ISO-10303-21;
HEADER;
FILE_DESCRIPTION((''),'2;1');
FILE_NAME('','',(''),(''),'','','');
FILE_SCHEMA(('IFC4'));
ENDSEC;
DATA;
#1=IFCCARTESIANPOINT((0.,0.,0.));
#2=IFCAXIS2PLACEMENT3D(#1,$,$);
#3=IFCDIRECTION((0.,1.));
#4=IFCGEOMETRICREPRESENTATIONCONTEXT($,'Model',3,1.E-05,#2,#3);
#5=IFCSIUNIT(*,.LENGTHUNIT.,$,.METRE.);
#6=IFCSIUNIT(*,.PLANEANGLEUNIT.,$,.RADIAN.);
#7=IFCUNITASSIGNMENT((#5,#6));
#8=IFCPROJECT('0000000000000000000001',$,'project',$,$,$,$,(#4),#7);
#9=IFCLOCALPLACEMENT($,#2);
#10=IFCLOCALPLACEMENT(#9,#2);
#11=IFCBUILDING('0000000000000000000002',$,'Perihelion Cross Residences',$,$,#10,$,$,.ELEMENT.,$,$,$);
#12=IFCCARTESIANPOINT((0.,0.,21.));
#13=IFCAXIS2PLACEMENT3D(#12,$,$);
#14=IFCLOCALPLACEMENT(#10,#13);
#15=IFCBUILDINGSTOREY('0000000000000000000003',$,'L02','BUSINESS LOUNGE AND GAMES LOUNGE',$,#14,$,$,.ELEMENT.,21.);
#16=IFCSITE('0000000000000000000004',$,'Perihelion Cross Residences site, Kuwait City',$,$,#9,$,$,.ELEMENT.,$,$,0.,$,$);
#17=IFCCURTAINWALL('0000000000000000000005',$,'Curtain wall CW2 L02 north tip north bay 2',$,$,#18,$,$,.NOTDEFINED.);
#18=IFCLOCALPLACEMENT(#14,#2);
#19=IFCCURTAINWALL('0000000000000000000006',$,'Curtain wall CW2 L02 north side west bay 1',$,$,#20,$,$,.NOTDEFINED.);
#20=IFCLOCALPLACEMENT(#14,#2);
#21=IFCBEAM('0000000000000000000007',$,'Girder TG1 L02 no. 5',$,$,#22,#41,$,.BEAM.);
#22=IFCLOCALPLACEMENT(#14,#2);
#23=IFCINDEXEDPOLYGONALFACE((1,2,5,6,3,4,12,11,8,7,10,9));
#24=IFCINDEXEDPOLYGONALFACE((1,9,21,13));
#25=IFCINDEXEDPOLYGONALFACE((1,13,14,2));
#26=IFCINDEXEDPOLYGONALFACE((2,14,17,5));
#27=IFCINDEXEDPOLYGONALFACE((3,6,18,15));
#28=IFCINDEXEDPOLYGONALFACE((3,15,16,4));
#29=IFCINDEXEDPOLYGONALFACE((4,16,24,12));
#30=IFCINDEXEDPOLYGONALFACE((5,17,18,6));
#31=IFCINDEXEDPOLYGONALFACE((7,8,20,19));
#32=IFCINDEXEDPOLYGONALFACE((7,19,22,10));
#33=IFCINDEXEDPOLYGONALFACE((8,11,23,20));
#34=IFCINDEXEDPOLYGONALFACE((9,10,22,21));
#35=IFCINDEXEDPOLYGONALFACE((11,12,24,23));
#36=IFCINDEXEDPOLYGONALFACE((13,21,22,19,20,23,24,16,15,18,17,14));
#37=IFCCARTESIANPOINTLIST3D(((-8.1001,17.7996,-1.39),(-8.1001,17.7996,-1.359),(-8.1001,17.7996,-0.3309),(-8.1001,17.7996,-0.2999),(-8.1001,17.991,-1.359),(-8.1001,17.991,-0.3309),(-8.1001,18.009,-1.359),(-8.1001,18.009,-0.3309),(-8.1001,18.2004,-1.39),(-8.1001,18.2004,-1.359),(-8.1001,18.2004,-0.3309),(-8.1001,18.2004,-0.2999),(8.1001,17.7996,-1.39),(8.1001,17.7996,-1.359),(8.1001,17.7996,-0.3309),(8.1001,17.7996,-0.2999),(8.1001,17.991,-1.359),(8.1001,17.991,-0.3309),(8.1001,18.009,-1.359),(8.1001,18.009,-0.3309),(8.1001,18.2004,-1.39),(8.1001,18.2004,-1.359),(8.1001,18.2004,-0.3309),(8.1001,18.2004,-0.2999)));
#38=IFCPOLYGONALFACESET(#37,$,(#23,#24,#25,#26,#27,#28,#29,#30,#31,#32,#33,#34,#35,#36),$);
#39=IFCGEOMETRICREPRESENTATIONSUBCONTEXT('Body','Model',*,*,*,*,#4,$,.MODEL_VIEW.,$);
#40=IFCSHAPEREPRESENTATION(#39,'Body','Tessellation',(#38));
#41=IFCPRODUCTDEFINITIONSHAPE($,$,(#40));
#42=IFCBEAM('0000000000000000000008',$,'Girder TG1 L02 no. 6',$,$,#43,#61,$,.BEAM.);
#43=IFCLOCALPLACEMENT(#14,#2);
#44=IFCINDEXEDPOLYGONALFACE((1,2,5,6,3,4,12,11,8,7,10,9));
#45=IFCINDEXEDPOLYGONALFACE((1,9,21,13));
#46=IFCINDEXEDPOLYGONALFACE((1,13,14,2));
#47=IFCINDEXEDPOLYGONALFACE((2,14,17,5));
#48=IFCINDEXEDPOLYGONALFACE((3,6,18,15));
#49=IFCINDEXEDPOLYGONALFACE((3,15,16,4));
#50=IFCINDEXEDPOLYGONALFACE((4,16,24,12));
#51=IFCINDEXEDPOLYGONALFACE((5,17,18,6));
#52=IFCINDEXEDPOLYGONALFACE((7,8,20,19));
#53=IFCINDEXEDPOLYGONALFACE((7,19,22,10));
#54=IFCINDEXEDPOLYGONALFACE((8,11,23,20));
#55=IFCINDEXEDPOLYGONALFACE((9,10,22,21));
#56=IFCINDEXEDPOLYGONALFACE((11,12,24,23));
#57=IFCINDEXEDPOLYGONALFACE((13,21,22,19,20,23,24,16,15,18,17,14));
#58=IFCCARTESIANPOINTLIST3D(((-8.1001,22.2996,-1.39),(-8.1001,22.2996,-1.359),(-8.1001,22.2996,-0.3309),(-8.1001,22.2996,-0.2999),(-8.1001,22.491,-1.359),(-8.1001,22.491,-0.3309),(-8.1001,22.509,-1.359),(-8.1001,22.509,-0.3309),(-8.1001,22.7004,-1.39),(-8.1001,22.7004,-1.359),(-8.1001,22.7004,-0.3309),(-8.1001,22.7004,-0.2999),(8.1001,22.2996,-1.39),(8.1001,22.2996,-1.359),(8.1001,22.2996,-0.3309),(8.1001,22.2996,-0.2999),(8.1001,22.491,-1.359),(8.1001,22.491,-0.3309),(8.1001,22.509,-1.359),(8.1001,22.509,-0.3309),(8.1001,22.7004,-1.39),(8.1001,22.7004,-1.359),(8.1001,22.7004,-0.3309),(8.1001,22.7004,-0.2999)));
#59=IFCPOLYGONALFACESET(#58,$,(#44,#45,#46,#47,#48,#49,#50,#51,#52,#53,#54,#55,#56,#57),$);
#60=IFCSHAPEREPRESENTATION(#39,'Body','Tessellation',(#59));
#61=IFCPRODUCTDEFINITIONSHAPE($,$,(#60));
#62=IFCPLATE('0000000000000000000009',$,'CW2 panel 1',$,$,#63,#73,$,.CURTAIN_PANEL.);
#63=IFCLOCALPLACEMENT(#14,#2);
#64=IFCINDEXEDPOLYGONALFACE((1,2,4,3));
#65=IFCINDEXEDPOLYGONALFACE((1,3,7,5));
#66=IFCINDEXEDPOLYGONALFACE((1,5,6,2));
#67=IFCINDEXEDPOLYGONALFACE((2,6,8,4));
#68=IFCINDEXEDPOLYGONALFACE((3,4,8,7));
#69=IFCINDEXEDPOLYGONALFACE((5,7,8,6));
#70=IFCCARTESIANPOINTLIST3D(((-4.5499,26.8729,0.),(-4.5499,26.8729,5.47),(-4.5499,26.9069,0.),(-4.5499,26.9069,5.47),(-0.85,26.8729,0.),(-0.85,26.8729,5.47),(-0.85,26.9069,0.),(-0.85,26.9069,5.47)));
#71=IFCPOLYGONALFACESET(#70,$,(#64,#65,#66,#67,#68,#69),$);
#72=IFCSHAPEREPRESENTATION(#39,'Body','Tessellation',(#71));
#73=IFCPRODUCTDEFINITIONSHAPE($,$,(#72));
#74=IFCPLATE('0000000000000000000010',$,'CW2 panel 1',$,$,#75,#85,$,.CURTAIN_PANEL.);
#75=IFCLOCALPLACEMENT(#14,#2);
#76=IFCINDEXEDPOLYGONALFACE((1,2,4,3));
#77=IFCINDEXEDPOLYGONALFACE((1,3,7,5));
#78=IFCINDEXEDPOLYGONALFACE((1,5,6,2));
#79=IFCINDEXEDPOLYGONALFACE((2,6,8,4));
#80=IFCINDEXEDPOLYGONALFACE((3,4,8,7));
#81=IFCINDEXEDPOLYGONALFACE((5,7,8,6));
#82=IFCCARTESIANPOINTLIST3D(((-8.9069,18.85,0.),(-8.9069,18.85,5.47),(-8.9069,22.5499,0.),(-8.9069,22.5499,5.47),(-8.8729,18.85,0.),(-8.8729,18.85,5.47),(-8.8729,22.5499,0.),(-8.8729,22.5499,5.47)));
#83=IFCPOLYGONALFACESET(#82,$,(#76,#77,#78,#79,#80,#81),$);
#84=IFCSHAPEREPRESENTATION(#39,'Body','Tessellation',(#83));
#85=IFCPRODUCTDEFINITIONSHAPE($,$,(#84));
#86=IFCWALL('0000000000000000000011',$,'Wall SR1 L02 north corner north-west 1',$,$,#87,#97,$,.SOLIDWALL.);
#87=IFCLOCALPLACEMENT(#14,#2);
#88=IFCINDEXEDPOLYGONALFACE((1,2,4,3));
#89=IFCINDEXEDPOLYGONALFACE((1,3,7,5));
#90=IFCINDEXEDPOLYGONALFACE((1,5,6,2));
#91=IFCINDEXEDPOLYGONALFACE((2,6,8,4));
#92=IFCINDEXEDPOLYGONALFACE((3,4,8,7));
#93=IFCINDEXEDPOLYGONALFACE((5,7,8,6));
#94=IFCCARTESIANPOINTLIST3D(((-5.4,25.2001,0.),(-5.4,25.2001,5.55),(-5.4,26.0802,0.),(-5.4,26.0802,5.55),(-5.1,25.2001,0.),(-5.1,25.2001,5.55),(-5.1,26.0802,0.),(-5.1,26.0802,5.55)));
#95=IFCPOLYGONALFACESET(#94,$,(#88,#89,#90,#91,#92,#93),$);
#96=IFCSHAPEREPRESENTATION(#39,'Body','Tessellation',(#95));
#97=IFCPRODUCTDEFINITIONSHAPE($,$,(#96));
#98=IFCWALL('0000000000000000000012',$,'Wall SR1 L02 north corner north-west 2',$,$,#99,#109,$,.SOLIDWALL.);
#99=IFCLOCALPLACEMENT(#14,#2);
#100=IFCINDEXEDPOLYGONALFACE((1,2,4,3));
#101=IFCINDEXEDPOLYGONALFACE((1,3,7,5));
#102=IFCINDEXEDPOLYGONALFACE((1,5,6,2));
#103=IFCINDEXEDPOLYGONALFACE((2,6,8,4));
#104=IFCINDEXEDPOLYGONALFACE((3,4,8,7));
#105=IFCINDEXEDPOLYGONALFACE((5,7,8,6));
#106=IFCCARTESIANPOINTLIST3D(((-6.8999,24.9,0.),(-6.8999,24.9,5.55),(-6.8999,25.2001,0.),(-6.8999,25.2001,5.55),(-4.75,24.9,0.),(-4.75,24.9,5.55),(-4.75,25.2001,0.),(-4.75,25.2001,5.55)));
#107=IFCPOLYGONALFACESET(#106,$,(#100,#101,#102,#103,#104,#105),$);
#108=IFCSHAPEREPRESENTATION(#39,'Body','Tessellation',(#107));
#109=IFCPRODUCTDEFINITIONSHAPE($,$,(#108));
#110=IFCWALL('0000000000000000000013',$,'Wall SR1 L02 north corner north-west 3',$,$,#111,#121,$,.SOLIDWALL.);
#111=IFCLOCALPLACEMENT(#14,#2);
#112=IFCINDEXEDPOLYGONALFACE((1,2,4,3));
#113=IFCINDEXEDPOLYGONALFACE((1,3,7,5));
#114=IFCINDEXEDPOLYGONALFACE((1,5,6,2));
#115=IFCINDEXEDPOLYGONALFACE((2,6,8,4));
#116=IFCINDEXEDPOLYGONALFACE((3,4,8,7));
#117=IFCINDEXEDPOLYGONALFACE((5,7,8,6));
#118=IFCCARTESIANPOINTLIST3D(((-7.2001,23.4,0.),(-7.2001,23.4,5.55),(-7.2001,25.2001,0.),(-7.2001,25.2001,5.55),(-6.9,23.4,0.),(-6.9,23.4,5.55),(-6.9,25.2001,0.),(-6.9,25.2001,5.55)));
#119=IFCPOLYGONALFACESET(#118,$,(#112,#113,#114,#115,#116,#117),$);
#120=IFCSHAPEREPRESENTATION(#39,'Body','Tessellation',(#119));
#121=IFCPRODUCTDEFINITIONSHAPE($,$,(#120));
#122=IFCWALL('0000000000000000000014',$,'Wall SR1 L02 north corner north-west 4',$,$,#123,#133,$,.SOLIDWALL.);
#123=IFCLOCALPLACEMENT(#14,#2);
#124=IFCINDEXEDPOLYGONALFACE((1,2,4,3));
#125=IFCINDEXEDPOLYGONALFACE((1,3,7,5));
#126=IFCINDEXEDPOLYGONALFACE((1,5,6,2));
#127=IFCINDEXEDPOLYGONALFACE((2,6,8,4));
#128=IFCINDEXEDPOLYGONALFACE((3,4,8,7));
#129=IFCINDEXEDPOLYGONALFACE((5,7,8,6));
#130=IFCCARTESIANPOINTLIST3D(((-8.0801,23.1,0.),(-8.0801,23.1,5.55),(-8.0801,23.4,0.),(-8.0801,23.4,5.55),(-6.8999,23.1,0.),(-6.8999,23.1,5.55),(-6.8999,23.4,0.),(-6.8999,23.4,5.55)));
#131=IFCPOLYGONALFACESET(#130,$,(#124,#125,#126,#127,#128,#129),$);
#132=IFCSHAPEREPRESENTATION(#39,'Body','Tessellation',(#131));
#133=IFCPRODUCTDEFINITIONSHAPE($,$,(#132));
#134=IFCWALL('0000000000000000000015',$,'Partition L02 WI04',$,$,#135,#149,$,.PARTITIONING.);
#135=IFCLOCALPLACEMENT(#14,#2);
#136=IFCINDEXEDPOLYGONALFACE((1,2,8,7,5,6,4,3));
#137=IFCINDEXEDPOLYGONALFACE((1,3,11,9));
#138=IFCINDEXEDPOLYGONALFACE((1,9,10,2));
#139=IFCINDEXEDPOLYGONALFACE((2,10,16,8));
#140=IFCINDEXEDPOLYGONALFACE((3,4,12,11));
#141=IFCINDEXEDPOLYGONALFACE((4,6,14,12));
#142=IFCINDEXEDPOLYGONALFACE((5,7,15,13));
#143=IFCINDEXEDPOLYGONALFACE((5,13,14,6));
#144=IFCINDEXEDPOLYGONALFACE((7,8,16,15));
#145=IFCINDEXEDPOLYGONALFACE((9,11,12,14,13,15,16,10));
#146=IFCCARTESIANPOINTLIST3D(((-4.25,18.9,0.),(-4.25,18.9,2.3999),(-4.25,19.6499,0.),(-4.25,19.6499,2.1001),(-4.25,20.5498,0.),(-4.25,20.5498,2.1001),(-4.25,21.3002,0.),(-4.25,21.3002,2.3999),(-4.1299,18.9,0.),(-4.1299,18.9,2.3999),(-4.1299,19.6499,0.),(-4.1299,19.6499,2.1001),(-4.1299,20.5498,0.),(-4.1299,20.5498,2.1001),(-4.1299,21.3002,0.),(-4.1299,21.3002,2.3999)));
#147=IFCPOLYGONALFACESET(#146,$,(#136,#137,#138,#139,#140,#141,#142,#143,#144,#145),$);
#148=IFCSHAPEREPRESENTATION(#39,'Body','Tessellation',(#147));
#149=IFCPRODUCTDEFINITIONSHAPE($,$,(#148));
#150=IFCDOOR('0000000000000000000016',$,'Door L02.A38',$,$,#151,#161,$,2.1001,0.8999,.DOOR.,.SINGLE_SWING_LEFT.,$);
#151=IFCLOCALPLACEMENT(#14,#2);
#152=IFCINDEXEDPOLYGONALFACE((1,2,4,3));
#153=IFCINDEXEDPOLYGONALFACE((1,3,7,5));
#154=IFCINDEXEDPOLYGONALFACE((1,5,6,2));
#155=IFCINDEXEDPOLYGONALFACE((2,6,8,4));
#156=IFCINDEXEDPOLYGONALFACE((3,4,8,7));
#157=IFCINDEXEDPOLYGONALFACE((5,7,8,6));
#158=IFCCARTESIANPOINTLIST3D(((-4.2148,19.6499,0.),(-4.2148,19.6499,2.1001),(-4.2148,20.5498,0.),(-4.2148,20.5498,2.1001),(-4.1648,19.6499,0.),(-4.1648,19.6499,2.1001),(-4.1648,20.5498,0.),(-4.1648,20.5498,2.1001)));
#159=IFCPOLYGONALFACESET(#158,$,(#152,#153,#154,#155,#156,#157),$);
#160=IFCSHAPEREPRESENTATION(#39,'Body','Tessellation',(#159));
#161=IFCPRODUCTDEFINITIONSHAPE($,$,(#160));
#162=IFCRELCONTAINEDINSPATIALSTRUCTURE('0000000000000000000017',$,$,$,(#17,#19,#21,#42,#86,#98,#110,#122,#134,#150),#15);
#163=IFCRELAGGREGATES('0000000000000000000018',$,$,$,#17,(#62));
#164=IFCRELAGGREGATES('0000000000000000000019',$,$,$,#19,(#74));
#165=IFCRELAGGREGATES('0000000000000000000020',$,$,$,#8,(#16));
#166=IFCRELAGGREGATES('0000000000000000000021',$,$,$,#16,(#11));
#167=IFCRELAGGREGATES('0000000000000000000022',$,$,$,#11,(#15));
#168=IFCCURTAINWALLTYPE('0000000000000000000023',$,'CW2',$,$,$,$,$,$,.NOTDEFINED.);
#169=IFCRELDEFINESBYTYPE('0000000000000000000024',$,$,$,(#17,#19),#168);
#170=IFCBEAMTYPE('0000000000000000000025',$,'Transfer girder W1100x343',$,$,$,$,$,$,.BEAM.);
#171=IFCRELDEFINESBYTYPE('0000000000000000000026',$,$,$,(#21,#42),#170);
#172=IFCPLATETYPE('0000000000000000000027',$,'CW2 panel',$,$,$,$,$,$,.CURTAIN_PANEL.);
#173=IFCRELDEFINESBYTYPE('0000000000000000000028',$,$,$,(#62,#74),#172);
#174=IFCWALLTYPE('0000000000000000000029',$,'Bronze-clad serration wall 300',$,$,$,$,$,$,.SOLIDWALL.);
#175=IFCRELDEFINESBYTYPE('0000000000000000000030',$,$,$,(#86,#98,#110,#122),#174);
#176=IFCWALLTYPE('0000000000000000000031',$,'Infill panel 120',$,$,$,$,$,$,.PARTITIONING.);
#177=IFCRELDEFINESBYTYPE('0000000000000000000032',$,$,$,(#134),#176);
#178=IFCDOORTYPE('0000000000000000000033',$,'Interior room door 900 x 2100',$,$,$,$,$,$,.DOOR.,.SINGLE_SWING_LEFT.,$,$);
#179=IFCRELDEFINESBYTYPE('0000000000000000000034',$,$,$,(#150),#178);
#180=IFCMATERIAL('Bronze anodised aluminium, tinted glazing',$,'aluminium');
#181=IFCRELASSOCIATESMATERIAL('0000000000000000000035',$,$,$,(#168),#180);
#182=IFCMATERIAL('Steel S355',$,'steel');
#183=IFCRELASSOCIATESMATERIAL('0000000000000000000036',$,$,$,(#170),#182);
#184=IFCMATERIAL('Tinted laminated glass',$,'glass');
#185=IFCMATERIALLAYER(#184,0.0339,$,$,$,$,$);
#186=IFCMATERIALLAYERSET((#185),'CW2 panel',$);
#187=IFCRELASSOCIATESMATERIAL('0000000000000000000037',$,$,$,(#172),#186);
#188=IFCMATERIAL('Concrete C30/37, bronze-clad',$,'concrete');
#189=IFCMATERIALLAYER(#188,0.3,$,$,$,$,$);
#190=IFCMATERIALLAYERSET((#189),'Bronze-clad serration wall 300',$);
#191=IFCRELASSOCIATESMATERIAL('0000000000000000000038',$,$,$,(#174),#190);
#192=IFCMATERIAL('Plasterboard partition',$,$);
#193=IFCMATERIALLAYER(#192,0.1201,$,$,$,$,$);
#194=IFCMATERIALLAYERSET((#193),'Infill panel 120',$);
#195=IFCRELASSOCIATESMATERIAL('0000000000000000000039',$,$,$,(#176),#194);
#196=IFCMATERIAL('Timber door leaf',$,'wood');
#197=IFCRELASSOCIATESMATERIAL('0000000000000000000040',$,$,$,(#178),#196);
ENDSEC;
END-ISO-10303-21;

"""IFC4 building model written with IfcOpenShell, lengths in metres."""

from ifc_helpers import new_model, si_unit, direction, frame, frame_2d, origin, origin_2d, place, context, subcontext, project, spatial, rectangle, i_section, extrude, material, layer, layer_set, material_profile, profile_set, type_object, element, fill, aggregate, save


model = new_model("IFC4")

# Units and contexts
model_context = context("Model", 3, precision=1e-05, world=origin(), true_north=direction((0.0, 1.0)))
body_context = subcontext(model_context, "Body", "Model", "MODEL_VIEW")
ifc_project = project(units=[si_unit("LENGTHUNIT", "METRE"), si_unit("PLANEANGLEUNIT", "RADIAN")], contexts=[model_context])

# Site, building, storey
site_placement = place(None, origin())
site = spatial("IfcSite", under=ifc_project, at=site_placement, Name="Perihelion Cross Residences site, Kuwait City", CompositionType="ELEMENT", RefElevation=0.0)
building_placement = place(site_placement, origin())
building = spatial("IfcBuilding", under=site, at=building_placement, Name="Perihelion Cross Residences", CompositionType="ELEMENT")
storey_placement = place(building_placement, frame((0.0, 0.0, 21.0)))
storey = spatial("IfcBuildingStorey", under=building, at=storey_placement, Name="L02", Description="BUSINESS LOUNGE AND GAMES LOUNGE", CompositionType="ELEMENT", Elevation=21.0)

# Curtain walls
ifc_material_1 = material(Name="Bronze anodised aluminium, tinted glazing", Category="aluminium")
curtain_wall_type = type_object("IfcCurtainWallType", Name="CW2", PredefinedType="NOTDEFINED", material=ifc_material_1)
curtain_wall_1_placement = place(storey_placement, origin())
curtain_wall_1 = element("IfcCurtainWall", 1, at=curtain_wall_1_placement, inside=storey, type_object=curtain_wall_type, Name="Curtain wall CW2 L02 north tip north bay 2", PredefinedType="NOTDEFINED")
curtain_wall_2_placement = place(storey_placement, origin())
curtain_wall_2 = element("IfcCurtainWall", 2, at=curtain_wall_2_placement, inside=storey, type_object=curtain_wall_type, Name="Curtain wall CW2 L02 north side west bay 1", PredefinedType="NOTDEFINED")

# Beams
ifc_material_2 = material(Name="Steel S355", Category="steel")
ifc_material_profile_1 = material_profile(ifc_material_2, i_section(OverallWidth=0.4009, OverallDepth=1.0901, WebThickness=0.0181, FlangeThickness=0.031, at=origin_2d()), Name="W1100x343")
ifc_profile_set_1 = profile_set([ifc_material_profile_1], Name="Steel S355")
beam_type_1 = type_object("IfcBeamType", Name="Transfer girder W1100x343", PredefinedType="BEAM", material=ifc_profile_set_1)
for number, where, z_axis, x_axis, name in (
    (3, (-8.1001, 18.0, -0.845), (1.0, 0.0, 0.0), (0.0, 1.0, 0.0), "Girder TG1 L02 no. 5"),
    (4, (-8.1001, 22.5, -0.845), (1.0, 0.0, 0.0), (0.0, 1.0, 0.0), "Girder TG1 L02 no. 6"),
):
    element("IfcBeam", number, at=place(storey_placement, frame(where, z_axis=z_axis, x_axis=x_axis)), inside=storey, type_object=beam_type_1, Name=name, PredefinedType="BEAM", context=body_context, shape_type="SweptSolid", body=[
        extrude(i_section(OverallWidth=0.4009, OverallDepth=1.0901, WebThickness=0.0181, FlangeThickness=0.031, at=origin_2d()), origin(), (0.0, 0.0, 1.0), 16.2002),
    ])

# Plates
ifc_material_3 = material(Name="Tinted laminated glass", Category="glass")
ifc_layer_1 = layer(ifc_material_3, 0.0339)
ifc_layer_set_1 = layer_set([ifc_layer_1], Name="CW2 panel")
plate_type = type_object("IfcPlateType", Name="CW2 panel", PredefinedType="CURTAIN_PANEL", material=ifc_layer_set_1)
plate_1_placement = place(storey_placement, frame((-2.7, 26.8899, 0.0), z_axis=(0.0, 0.0, 1.0), x_axis=(-1.0, 0.0, 0.0)))
plate_1 = element("IfcPlate", 5, at=plate_1_placement, type_object=plate_type, Name="CW2 panel 1", PredefinedType="CURTAIN_PANEL", context=body_context, shape_type="SweptSolid", body=[
    extrude(rectangle(XDim=3.7, YDim=0.0339, at=origin_2d()), origin(), (0.0, 0.0, 1.0), 5.47),
])
aggregate(curtain_wall_1, [plate_1])
plate_2_placement = place(storey_placement, frame((-8.8899, 20.7, 0.0), z_axis=(0.0, 0.0, 1.0), x_axis=(0.0, -1.0, 0.0)))
plate_2 = element("IfcPlate", 6, at=plate_2_placement, type_object=plate_type, Name="CW2 panel 1", PredefinedType="CURTAIN_PANEL", context=body_context, shape_type="SweptSolid", body=[
    extrude(rectangle(XDim=3.7, YDim=0.0339, at=origin_2d()), origin(), (0.0, 0.0, 1.0), 5.47),
])
aggregate(curtain_wall_2, [plate_2])

# Walls
ifc_material_4 = material(Name="Concrete C30/37, bronze-clad", Category="concrete")
ifc_layer_2 = layer(ifc_material_4, 0.3)
ifc_layer_set_2 = layer_set([ifc_layer_2], Name="Bronze-clad serration wall 300")
wall_type_1 = type_object("IfcWallType", Name="Bronze-clad serration wall 300", PredefinedType="SOLIDWALL", material=ifc_layer_set_2)
wall_1_placement = place(storey_placement, frame((-5.25, 26.0801, 0.0), z_axis=(0.0, 0.0, 1.0), x_axis=(0.0, -1.0, 0.0)))
element("IfcWall", 7, at=wall_1_placement, inside=storey, type_object=wall_type_1, Name="Wall SR1 L02 north corner north-west 1", PredefinedType="SOLIDWALL", context=body_context, shape_type="SweptSolid", body=[
    extrude(rectangle(XDim=0.8801, YDim=0.3, at=frame_2d((0.4399, 0.0))), origin(), (0.0, 0.0, 1.0), 5.55),
])
wall_2_placement = place(storey_placement, frame((-4.75, 25.05, 0.0), z_axis=(0.0, 0.0, 1.0), x_axis=(-1.0, 0.0, 0.0)))
element("IfcWall", 8, at=wall_2_placement, inside=storey, type_object=wall_type_1, Name="Wall SR1 L02 north corner north-west 2", PredefinedType="SOLIDWALL", context=body_context, shape_type="SweptSolid", body=[
    extrude(rectangle(XDim=2.1499, YDim=0.3, at=frame_2d((1.075, 0.0))), origin(), (0.0, 0.0, 1.0), 5.55),
])
wall_3_placement = place(storey_placement, frame((-7.05, 25.2, 0.0), z_axis=(0.0, 0.0, 1.0), x_axis=(0.0, -1.0, 0.0)))
element("IfcWall", 9, at=wall_3_placement, inside=storey, type_object=wall_type_1, Name="Wall SR1 L02 north corner north-west 3", PredefinedType="SOLIDWALL", context=body_context, shape_type="SweptSolid", body=[
    extrude(rectangle(XDim=1.8, YDim=0.3, at=frame_2d((0.8999, 0.0))), origin(), (0.0, 0.0, 1.0), 5.55),
])
wall_4_placement = place(storey_placement, frame((-6.8999, 23.25, 0.0), z_axis=(0.0, 0.0, 1.0), x_axis=(-1.0, 0.0, 0.0)))
element("IfcWall", 10, at=wall_4_placement, inside=storey, type_object=wall_type_1, Name="Wall SR1 L02 north corner north-west 4", PredefinedType="SOLIDWALL", context=body_context, shape_type="SweptSolid", body=[
    extrude(rectangle(XDim=1.1802, YDim=0.3, at=frame_2d((0.5901, 0.0))), origin(), (0.0, 0.0, 1.0), 5.55),
])

# Wall, opening, door
ifc_material_5 = material(Name="Plasterboard partition")
ifc_layer_3 = layer(ifc_material_5, 0.1201)
ifc_layer_set_3 = layer_set([ifc_layer_3], Name="Infill panel 120")
wall_type_2 = type_object("IfcWallType", Name="Infill panel 120", PredefinedType="PARTITIONING", material=ifc_layer_set_3)
wall_5_placement = place(storey_placement, frame((-4.1899, 18.8999, 0.0), z_axis=(0.0, 0.0, 1.0), x_axis=(0.0, 1.0, 0.0)))
wall_5 = element("IfcWall", 11, at=wall_5_placement, inside=storey, type_object=wall_type_2, Name="Partition L02 WI04", PredefinedType="PARTITIONING", context=body_context, shape_type="SweptSolid", body=[
    extrude(rectangle(XDim=2.4001, YDim=0.1201, at=frame_2d((1.2002, 0.0))), origin(), (0.0, 0.0, 1.0), 2.3999),
])
opening_1_placement = place(wall_5_placement, frame((0.75, 0.0, 0.0)))
opening_1 = element("IfcOpeningElement", 12, at=opening_1_placement, cuts=wall_5, PredefinedType="OPENING", context=body_context, shape_type="SweptSolid", body=[
    extrude(rectangle(XDim=0.8999, YDim=2.1001, at=frame_2d((0.45, 1.05))), frame((0.0, 0.0701, 0.0), z_axis=(0.0, -1.0, 0.0), x_axis=(1.0, 0.0, 0.0)), (0.0, 0.0, 1.0), 0.1401),
])
ifc_material_6 = material(Name="Timber door leaf", Category="wood")
door_type = type_object("IfcDoorType", Name="Interior room door 900 x 2100", OperationType="SINGLE_SWING_LEFT", PredefinedType="DOOR", material=ifc_material_6)
door_1_placement = place(opening_1_placement, origin())
door_1 = element("IfcDoor", 13, at=door_1_placement, inside=storey, type_object=door_type, Name="Door L02.A38", OperationType="SINGLE_SWING_LEFT", OverallHeight=2.1001, OverallWidth=0.8999, PredefinedType="DOOR", context=body_context, shape_type="SweptSolid", body=[
    extrude(rectangle(XDim=0.8999, YDim=2.1001, at=frame_2d((0.45, 1.05))), frame((0.0, 0.0249, 0.0), z_axis=(0.0, -1.0, 0.0), x_axis=(1.0, 0.0, 0.0)), (0.0, 0.0, 1.0), 0.05),
])
fill(opening_1, door_1)

save(model, "model.ifc")
